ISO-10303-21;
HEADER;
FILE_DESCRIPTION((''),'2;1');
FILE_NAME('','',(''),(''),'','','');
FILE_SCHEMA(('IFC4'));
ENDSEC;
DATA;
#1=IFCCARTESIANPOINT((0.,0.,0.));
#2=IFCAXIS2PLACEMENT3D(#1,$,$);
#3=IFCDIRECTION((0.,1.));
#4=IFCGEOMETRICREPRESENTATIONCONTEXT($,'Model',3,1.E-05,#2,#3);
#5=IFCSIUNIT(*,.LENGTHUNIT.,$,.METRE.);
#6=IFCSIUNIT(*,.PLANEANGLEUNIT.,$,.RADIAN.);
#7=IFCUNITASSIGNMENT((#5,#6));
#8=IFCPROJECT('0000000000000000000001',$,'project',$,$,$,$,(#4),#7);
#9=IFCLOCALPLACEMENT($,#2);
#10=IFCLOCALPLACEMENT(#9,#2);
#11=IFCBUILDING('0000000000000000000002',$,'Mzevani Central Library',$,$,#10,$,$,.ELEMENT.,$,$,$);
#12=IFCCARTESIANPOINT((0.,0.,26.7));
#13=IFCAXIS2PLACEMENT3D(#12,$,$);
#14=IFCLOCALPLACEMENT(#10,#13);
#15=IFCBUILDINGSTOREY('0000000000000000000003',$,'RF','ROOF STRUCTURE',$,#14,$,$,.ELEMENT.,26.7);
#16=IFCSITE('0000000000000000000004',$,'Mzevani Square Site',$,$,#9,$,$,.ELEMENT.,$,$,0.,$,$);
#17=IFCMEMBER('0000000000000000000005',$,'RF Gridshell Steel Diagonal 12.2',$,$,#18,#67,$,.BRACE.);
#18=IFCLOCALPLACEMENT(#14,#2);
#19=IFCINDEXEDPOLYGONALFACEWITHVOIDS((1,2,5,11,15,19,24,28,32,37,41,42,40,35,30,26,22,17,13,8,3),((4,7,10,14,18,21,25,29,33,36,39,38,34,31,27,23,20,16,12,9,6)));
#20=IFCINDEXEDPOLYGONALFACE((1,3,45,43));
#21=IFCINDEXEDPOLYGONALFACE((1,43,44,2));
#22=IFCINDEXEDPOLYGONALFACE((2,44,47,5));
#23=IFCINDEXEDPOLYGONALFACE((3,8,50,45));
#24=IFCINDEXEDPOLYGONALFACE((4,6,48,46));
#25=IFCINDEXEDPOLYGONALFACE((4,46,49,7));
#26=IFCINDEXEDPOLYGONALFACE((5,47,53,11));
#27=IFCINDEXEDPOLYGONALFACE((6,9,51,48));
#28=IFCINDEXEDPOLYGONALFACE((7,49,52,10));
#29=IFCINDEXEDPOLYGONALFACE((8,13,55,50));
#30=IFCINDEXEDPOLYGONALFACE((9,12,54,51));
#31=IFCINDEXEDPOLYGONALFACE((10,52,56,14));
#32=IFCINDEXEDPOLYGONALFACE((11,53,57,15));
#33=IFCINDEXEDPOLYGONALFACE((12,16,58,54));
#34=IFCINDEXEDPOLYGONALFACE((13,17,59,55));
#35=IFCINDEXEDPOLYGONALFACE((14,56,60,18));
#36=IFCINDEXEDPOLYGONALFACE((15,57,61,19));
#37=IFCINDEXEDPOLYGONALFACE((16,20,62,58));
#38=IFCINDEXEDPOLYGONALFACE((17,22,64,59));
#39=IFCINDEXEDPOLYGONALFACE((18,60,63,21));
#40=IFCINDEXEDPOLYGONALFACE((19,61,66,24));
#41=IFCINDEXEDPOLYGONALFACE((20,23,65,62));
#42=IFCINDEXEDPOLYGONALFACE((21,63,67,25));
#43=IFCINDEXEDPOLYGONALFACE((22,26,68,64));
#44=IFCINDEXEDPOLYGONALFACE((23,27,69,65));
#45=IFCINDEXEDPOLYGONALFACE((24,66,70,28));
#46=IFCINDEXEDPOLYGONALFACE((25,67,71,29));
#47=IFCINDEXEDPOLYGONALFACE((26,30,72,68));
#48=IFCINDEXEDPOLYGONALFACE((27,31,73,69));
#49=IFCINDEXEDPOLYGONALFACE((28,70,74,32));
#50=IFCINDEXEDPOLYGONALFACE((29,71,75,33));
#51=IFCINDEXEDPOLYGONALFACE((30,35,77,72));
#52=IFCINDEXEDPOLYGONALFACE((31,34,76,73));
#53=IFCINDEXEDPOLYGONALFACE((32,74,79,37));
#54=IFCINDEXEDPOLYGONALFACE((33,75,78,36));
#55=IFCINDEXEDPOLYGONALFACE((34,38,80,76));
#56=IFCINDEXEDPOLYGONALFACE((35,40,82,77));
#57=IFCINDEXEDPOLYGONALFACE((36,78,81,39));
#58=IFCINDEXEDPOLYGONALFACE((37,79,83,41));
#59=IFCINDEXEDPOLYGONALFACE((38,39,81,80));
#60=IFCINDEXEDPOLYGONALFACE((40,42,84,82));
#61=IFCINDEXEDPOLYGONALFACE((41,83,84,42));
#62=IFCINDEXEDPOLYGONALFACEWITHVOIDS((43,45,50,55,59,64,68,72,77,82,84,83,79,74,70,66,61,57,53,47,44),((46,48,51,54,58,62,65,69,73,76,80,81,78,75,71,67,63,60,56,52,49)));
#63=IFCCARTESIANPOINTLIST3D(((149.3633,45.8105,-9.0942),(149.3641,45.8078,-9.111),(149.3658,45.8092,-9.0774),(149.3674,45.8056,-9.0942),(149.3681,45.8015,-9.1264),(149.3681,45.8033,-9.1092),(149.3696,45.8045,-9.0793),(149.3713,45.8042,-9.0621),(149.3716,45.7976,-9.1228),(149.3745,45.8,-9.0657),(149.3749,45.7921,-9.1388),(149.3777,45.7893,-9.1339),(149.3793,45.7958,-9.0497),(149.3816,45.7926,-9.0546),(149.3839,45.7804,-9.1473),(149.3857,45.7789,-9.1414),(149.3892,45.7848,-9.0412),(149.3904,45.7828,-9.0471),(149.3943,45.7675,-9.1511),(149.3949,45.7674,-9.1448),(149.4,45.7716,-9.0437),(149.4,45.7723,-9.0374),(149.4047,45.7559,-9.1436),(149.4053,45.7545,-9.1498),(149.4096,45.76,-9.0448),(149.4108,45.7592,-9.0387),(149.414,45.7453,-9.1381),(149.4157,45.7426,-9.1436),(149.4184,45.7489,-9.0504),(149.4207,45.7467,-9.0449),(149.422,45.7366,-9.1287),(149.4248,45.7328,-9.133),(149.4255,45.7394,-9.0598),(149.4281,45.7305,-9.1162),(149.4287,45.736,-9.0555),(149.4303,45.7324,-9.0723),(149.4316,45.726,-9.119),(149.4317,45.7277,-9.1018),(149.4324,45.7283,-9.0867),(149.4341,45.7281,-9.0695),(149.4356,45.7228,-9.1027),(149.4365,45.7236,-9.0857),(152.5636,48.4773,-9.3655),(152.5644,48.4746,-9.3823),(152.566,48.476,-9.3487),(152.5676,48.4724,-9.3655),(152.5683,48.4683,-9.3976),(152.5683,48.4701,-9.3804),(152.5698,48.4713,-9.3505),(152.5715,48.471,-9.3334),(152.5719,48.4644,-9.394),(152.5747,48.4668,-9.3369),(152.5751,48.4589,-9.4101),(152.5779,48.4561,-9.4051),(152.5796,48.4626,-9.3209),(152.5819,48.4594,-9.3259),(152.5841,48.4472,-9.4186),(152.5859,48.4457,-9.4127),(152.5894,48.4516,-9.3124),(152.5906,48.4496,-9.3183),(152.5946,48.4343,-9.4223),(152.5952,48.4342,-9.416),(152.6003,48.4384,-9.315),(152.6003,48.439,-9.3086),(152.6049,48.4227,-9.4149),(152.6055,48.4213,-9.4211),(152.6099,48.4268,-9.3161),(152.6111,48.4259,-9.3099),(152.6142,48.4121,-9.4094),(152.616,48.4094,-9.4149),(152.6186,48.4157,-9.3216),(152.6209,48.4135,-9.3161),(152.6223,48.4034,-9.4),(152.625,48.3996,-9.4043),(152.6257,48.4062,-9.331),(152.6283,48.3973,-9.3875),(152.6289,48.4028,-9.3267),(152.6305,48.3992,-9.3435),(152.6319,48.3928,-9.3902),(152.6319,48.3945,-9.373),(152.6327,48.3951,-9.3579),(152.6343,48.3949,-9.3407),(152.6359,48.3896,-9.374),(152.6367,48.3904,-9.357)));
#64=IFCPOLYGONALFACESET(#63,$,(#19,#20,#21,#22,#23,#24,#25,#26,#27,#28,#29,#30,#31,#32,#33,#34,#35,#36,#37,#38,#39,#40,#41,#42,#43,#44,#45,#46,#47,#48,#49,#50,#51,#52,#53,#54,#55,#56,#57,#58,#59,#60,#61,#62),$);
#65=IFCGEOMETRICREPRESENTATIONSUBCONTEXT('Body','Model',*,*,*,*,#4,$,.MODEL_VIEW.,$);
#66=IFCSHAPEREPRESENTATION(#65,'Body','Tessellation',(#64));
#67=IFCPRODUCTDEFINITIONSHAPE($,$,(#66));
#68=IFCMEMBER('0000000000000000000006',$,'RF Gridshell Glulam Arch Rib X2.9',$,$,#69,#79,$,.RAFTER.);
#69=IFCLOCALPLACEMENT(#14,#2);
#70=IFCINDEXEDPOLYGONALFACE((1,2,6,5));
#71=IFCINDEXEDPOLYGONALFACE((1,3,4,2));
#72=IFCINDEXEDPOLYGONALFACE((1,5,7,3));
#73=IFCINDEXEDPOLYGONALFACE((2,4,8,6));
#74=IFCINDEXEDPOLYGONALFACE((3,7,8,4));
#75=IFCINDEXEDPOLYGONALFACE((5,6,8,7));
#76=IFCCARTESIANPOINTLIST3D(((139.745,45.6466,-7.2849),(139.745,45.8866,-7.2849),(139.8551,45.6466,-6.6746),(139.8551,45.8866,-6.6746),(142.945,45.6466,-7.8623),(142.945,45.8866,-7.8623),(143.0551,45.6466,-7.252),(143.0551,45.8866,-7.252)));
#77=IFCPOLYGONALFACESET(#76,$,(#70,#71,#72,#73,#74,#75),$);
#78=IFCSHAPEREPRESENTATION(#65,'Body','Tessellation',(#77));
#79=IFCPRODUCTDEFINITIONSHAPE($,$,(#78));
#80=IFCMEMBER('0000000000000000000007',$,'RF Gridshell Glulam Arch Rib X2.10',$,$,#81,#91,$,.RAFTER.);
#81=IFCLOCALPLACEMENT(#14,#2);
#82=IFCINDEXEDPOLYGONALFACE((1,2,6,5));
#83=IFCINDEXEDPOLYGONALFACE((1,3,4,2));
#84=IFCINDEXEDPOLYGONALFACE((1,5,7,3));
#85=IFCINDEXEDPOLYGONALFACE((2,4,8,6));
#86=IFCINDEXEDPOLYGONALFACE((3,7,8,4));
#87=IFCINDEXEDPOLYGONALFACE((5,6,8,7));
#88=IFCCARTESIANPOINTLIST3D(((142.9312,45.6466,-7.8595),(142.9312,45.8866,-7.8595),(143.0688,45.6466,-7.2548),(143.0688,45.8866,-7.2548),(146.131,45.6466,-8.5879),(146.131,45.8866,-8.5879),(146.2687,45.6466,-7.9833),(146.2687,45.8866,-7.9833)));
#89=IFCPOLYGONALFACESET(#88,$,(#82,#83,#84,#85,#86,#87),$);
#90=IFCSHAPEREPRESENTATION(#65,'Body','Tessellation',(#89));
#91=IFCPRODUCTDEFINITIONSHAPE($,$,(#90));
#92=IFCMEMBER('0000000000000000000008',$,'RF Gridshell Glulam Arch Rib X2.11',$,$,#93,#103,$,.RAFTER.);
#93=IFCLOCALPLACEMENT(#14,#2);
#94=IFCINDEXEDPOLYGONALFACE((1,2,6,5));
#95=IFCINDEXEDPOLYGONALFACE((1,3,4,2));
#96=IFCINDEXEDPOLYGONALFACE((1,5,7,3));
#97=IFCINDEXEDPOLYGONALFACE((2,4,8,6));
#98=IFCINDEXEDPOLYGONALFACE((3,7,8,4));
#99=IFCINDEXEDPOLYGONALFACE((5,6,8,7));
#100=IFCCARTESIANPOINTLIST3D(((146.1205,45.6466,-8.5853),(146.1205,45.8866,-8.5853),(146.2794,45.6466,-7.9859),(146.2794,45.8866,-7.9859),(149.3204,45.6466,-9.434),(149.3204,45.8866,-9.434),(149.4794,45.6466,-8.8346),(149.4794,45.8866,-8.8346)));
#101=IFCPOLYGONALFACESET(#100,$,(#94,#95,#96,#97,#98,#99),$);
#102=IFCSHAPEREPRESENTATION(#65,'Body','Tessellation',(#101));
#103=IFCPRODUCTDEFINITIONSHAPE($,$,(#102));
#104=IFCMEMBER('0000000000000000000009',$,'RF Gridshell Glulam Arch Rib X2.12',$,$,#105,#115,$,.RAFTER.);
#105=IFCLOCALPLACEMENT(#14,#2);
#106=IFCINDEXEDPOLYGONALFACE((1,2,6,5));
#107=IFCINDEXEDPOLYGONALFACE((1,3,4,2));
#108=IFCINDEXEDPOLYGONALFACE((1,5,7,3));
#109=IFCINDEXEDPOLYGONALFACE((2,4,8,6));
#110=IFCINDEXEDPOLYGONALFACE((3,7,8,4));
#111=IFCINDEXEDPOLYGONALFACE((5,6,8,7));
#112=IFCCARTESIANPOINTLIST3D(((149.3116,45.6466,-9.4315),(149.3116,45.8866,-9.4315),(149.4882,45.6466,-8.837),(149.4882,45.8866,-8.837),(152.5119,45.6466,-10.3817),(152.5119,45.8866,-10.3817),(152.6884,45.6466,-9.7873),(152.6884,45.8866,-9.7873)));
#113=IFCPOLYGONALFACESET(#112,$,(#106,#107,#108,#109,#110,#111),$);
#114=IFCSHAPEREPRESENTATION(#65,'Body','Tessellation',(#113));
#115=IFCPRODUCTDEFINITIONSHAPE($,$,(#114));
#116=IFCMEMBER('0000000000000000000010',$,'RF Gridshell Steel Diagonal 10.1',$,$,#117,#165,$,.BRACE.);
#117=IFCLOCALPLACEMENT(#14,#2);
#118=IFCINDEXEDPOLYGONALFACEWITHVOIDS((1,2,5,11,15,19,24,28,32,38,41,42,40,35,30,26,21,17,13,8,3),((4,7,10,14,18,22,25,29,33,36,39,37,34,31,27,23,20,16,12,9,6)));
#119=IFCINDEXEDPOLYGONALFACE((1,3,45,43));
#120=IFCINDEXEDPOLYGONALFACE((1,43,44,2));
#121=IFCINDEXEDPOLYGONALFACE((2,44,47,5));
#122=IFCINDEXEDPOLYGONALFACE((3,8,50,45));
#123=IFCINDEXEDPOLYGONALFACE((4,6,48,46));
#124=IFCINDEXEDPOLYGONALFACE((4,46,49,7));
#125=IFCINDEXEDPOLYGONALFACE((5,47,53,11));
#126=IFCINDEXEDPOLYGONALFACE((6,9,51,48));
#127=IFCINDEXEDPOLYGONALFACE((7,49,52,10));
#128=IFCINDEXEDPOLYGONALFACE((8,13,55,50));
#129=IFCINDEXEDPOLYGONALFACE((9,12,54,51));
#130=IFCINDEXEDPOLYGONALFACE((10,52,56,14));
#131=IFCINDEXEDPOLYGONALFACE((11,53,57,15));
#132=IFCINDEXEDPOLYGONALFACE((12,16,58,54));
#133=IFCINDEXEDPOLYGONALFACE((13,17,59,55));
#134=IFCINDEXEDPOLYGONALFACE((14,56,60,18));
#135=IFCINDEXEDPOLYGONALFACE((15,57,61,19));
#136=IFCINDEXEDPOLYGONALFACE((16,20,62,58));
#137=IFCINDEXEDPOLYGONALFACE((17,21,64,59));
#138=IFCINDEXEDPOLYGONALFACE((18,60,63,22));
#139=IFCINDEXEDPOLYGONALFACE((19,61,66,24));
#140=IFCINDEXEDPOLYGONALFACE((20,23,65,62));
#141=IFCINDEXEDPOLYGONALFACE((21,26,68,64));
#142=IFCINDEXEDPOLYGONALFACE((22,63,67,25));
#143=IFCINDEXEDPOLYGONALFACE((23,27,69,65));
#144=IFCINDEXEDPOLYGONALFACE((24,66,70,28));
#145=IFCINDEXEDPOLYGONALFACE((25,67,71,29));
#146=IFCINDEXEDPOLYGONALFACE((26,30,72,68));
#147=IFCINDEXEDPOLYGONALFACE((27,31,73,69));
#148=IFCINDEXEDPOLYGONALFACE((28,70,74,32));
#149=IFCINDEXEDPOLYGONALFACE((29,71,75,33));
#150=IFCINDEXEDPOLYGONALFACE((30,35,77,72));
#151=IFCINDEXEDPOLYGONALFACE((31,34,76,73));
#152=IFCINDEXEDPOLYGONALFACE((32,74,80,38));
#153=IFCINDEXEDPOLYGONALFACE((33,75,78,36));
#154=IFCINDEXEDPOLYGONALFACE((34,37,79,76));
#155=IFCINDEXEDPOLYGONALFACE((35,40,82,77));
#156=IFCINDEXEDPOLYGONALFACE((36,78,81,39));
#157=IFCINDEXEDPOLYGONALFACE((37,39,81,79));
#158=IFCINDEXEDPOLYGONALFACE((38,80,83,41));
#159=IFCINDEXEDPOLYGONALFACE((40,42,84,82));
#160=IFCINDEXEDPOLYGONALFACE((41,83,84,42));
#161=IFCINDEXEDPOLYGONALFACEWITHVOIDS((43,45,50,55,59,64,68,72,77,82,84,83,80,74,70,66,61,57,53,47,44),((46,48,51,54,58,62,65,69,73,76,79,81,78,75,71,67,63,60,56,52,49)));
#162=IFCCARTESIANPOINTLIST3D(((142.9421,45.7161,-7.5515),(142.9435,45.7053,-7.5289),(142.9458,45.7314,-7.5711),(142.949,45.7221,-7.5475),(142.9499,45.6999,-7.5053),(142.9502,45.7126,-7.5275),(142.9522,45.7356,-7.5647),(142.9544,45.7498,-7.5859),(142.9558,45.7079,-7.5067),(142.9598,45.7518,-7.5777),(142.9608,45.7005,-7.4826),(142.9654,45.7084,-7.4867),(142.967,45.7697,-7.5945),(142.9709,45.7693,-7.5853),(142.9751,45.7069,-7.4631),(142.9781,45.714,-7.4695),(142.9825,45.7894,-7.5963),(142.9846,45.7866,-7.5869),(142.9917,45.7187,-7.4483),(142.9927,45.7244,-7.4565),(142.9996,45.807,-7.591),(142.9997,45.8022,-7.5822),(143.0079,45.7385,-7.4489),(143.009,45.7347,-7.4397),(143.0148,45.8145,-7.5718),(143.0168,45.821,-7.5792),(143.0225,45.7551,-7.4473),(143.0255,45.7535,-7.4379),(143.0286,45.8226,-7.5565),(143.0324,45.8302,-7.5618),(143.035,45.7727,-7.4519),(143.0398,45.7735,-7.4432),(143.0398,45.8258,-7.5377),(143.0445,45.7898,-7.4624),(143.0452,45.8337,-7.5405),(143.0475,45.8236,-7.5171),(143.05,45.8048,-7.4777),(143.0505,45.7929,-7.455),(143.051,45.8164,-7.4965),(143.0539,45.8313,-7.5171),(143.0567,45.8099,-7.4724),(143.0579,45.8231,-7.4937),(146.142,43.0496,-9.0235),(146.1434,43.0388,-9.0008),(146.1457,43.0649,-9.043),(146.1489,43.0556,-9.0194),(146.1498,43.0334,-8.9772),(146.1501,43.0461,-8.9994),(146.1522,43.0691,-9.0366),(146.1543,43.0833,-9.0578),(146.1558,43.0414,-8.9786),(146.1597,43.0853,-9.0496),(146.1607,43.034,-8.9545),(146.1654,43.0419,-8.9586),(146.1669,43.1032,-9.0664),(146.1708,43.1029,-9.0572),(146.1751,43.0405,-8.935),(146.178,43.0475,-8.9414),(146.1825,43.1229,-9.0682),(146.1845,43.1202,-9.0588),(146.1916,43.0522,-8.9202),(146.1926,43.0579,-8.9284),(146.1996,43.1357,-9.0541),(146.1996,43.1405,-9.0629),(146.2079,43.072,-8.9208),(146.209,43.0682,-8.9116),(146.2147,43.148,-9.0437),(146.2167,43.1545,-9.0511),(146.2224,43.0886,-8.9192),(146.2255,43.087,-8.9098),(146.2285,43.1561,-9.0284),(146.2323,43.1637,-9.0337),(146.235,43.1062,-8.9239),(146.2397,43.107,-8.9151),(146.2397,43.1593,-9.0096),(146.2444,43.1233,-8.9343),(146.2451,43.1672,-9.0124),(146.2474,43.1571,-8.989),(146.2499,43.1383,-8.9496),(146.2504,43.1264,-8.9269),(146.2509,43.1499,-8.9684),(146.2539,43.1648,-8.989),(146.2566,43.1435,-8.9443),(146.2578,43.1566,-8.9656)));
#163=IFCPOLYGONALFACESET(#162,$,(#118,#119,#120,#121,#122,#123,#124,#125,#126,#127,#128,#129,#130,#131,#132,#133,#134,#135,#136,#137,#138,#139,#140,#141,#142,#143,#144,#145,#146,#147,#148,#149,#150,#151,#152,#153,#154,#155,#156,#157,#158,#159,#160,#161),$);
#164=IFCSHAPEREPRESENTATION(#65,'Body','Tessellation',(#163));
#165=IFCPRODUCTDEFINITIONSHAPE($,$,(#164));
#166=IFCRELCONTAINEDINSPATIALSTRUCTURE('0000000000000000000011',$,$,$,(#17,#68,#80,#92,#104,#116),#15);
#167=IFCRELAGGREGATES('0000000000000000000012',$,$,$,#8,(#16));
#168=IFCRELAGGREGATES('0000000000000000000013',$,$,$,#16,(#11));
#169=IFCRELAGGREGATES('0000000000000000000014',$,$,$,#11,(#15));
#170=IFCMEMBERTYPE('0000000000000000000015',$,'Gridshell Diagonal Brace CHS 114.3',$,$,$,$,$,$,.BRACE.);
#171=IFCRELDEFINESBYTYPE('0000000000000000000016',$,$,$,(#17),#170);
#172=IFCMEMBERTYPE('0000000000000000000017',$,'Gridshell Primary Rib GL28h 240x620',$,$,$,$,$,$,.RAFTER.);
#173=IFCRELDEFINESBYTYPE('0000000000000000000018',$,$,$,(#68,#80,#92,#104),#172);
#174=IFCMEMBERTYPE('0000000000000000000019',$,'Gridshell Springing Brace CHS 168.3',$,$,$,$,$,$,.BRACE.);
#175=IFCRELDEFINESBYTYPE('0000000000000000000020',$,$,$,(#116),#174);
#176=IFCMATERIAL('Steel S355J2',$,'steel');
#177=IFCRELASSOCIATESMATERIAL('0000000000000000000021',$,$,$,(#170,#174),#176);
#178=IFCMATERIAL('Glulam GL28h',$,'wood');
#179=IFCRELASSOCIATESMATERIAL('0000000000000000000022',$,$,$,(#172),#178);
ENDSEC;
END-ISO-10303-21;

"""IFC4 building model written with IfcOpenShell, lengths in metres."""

from ifc_helpers import new_model, si_unit, direction, frame, origin, origin_2d, place, context, subcontext, project, spatial, rectangle, hollow_circle, extrude, material, material_profile, profile_set, type_object, element, save


model = new_model("IFC4")

# Units and contexts
model_context = context("Model", 3, precision=1e-05, world=origin(), true_north=direction((0.0, 1.0)))
body_context = subcontext(model_context, "Body", "Model", "MODEL_VIEW")
ifc_project = project(units=[si_unit("LENGTHUNIT", "METRE"), si_unit("PLANEANGLEUNIT", "RADIAN")], contexts=[model_context])

# Site, building, storey
site_placement = place(None, origin())
site = spatial("IfcSite", under=ifc_project, at=site_placement, Name="Mzevani Square Site", CompositionType="ELEMENT", RefElevation=0.0)
building_placement = place(site_placement, origin())
building = spatial("IfcBuilding", under=site, at=building_placement, Name="Mzevani Central Library", CompositionType="ELEMENT")
storey_placement = place(building_placement, frame((0.0, 0.0, 26.7)))
storey = spatial("IfcBuildingStorey", under=building, at=storey_placement, Name="RF", Description="ROOF STRUCTURE", CompositionType="ELEMENT", Elevation=26.7)

# Members
ifc_material_1 = material(Name="Glulam GL28h", Category="wood")
ifc_material_2 = material(Name="Steel S355J2", Category="steel")
ifc_material_profile_1 = material_profile(ifc_material_2, hollow_circle(Radius=0.0571, WallThickness=0.0063, at=origin_2d()), Name="CHS 114.3x6.3")
ifc_profile_set_1 = profile_set([ifc_material_profile_1], Name="Steel S355J2")
member_type_1 = type_object("IfcMemberType", Name="Gridshell Diagonal Brace CHS 114.3", PredefinedType="BRACE", material=ifc_profile_set_1)
member_1_placement = place(storey_placement, frame((149.3999, 45.7666, -9.0942), z_axis=(0.766607, 0.63882, -0.064976), x_axis=(-0.640173, 0.768231, 0.0)))
element("IfcMember", 1, at=member_1_placement, inside=storey, type_object=member_type_1, Name="RF Gridshell Steel Diagonal 12.2", PredefinedType="BRACE", context=body_context, shape_type="SweptSolid", body=[
    extrude(hollow_circle(Radius=0.0571, WallThickness=0.0063, at=origin_2d()), origin(), (0.0, 0.0, 1.0), 4.1746),
])
ifc_material_profile_2 = material_profile(ifc_material_1, rectangle(XDim=0.24, YDim=0.6201, at=origin_2d()), Name="GL28h 240x620")
ifc_profile_set_2 = profile_set([ifc_material_profile_2], Name="Glulam GL28h")
member_type_2 = type_object("IfcMemberType", Name="Gridshell Primary Rib GL28h 240x620", PredefinedType="RAFTER", material=ifc_profile_set_2)
member_2_placement = place(storey_placement, frame((139.8, 45.7666, -6.9797), z_axis=(0.984108, 0.0, -0.17757), x_axis=(0.0, 1.0, 0.0)))
element("IfcMember", 2, at=member_2_placement, inside=storey, type_object=member_type_2, Name="RF Gridshell Glulam Arch Rib X2.9", PredefinedType="RAFTER", context=body_context, shape_type="SweptSolid", body=[
    extrude(rectangle(XDim=0.24, YDim=0.6201, at=origin_2d()), origin(), (0.0, 0.0, 1.0), 3.2517),
])
member_3_placement = place(storey_placement, frame((143.0, 45.7666, -7.5571), z_axis=(0.97505, 0.0, -0.221984), x_axis=(0.0, 1.0, 0.0)))
element("IfcMember", 3, at=member_3_placement, inside=storey, type_object=member_type_2, Name="RF Gridshell Glulam Arch Rib X2.10", PredefinedType="RAFTER", context=body_context, shape_type="SweptSolid", body=[
    extrude(rectangle(XDim=0.24, YDim=0.6201, at=origin_2d()), origin(), (0.0, 0.0, 1.0), 3.2817),
])
member_4_placement = place(storey_placement, frame((146.2, 45.7666, -8.2856), z_axis=(0.966587, 0.0, -0.25634), x_axis=(0.0, 1.0, 0.0)))
element("IfcMember", 4, at=member_4_placement, inside=storey, type_object=member_type_2, Name="RF Gridshell Glulam Arch Rib X2.11", PredefinedType="RAFTER", context=body_context, shape_type="SweptSolid", body=[
    extrude(rectangle(XDim=0.24, YDim=0.6201, at=origin_2d()), origin(), (0.0, 0.0, 1.0), 3.3105),
])
member_5_placement = place(storey_placement, frame((149.3999, 45.7666, -9.1343), z_axis=(0.958636, 0.0, -0.284636), x_axis=(0.0, 1.0, 0.0)))
element("IfcMember", 5, at=member_5_placement, inside=storey, type_object=member_type_2, Name="RF Gridshell Glulam Arch Rib X2.12", PredefinedType="RAFTER", context=body_context, shape_type="SweptSolid", body=[
    extrude(rectangle(XDim=0.24, YDim=0.6201, at=origin_2d()), origin(), (0.0, 0.0, 1.0), 3.3384),
])
ifc_material_profile_3 = material_profile(ifc_material_2, hollow_circle(Radius=0.0842, WallThickness=0.01, at=origin_2d()), Name="CHS 168.3x10.0")
ifc_profile_set_3 = profile_set([ifc_material_profile_3], Name="Steel S355J2")
member_type_3 = type_object("IfcMemberType", Name="Gridshell Springing Brace CHS 168.3", PredefinedType="BRACE", material=ifc_profile_set_3)
member_6_placement = place(storey_placement, frame((143.0, 45.7666, -7.5171), z_axis=(0.72434, -0.603589, -0.333184), x_axis=(0.640167, 0.768236, 0.0)))
element("IfcMember", 6, at=member_6_placement, inside=storey, type_object=member_type_3, Name="RF Gridshell Steel Diagonal 10.1", PredefinedType="BRACE", context=body_context, shape_type="SweptSolid", body=[
    extrude(hollow_circle(Radius=0.0842, WallThickness=0.01, at=origin_2d()), origin(), (0.0, 0.0, 1.0), 4.4177),
])

save(model, "model.ifc")
